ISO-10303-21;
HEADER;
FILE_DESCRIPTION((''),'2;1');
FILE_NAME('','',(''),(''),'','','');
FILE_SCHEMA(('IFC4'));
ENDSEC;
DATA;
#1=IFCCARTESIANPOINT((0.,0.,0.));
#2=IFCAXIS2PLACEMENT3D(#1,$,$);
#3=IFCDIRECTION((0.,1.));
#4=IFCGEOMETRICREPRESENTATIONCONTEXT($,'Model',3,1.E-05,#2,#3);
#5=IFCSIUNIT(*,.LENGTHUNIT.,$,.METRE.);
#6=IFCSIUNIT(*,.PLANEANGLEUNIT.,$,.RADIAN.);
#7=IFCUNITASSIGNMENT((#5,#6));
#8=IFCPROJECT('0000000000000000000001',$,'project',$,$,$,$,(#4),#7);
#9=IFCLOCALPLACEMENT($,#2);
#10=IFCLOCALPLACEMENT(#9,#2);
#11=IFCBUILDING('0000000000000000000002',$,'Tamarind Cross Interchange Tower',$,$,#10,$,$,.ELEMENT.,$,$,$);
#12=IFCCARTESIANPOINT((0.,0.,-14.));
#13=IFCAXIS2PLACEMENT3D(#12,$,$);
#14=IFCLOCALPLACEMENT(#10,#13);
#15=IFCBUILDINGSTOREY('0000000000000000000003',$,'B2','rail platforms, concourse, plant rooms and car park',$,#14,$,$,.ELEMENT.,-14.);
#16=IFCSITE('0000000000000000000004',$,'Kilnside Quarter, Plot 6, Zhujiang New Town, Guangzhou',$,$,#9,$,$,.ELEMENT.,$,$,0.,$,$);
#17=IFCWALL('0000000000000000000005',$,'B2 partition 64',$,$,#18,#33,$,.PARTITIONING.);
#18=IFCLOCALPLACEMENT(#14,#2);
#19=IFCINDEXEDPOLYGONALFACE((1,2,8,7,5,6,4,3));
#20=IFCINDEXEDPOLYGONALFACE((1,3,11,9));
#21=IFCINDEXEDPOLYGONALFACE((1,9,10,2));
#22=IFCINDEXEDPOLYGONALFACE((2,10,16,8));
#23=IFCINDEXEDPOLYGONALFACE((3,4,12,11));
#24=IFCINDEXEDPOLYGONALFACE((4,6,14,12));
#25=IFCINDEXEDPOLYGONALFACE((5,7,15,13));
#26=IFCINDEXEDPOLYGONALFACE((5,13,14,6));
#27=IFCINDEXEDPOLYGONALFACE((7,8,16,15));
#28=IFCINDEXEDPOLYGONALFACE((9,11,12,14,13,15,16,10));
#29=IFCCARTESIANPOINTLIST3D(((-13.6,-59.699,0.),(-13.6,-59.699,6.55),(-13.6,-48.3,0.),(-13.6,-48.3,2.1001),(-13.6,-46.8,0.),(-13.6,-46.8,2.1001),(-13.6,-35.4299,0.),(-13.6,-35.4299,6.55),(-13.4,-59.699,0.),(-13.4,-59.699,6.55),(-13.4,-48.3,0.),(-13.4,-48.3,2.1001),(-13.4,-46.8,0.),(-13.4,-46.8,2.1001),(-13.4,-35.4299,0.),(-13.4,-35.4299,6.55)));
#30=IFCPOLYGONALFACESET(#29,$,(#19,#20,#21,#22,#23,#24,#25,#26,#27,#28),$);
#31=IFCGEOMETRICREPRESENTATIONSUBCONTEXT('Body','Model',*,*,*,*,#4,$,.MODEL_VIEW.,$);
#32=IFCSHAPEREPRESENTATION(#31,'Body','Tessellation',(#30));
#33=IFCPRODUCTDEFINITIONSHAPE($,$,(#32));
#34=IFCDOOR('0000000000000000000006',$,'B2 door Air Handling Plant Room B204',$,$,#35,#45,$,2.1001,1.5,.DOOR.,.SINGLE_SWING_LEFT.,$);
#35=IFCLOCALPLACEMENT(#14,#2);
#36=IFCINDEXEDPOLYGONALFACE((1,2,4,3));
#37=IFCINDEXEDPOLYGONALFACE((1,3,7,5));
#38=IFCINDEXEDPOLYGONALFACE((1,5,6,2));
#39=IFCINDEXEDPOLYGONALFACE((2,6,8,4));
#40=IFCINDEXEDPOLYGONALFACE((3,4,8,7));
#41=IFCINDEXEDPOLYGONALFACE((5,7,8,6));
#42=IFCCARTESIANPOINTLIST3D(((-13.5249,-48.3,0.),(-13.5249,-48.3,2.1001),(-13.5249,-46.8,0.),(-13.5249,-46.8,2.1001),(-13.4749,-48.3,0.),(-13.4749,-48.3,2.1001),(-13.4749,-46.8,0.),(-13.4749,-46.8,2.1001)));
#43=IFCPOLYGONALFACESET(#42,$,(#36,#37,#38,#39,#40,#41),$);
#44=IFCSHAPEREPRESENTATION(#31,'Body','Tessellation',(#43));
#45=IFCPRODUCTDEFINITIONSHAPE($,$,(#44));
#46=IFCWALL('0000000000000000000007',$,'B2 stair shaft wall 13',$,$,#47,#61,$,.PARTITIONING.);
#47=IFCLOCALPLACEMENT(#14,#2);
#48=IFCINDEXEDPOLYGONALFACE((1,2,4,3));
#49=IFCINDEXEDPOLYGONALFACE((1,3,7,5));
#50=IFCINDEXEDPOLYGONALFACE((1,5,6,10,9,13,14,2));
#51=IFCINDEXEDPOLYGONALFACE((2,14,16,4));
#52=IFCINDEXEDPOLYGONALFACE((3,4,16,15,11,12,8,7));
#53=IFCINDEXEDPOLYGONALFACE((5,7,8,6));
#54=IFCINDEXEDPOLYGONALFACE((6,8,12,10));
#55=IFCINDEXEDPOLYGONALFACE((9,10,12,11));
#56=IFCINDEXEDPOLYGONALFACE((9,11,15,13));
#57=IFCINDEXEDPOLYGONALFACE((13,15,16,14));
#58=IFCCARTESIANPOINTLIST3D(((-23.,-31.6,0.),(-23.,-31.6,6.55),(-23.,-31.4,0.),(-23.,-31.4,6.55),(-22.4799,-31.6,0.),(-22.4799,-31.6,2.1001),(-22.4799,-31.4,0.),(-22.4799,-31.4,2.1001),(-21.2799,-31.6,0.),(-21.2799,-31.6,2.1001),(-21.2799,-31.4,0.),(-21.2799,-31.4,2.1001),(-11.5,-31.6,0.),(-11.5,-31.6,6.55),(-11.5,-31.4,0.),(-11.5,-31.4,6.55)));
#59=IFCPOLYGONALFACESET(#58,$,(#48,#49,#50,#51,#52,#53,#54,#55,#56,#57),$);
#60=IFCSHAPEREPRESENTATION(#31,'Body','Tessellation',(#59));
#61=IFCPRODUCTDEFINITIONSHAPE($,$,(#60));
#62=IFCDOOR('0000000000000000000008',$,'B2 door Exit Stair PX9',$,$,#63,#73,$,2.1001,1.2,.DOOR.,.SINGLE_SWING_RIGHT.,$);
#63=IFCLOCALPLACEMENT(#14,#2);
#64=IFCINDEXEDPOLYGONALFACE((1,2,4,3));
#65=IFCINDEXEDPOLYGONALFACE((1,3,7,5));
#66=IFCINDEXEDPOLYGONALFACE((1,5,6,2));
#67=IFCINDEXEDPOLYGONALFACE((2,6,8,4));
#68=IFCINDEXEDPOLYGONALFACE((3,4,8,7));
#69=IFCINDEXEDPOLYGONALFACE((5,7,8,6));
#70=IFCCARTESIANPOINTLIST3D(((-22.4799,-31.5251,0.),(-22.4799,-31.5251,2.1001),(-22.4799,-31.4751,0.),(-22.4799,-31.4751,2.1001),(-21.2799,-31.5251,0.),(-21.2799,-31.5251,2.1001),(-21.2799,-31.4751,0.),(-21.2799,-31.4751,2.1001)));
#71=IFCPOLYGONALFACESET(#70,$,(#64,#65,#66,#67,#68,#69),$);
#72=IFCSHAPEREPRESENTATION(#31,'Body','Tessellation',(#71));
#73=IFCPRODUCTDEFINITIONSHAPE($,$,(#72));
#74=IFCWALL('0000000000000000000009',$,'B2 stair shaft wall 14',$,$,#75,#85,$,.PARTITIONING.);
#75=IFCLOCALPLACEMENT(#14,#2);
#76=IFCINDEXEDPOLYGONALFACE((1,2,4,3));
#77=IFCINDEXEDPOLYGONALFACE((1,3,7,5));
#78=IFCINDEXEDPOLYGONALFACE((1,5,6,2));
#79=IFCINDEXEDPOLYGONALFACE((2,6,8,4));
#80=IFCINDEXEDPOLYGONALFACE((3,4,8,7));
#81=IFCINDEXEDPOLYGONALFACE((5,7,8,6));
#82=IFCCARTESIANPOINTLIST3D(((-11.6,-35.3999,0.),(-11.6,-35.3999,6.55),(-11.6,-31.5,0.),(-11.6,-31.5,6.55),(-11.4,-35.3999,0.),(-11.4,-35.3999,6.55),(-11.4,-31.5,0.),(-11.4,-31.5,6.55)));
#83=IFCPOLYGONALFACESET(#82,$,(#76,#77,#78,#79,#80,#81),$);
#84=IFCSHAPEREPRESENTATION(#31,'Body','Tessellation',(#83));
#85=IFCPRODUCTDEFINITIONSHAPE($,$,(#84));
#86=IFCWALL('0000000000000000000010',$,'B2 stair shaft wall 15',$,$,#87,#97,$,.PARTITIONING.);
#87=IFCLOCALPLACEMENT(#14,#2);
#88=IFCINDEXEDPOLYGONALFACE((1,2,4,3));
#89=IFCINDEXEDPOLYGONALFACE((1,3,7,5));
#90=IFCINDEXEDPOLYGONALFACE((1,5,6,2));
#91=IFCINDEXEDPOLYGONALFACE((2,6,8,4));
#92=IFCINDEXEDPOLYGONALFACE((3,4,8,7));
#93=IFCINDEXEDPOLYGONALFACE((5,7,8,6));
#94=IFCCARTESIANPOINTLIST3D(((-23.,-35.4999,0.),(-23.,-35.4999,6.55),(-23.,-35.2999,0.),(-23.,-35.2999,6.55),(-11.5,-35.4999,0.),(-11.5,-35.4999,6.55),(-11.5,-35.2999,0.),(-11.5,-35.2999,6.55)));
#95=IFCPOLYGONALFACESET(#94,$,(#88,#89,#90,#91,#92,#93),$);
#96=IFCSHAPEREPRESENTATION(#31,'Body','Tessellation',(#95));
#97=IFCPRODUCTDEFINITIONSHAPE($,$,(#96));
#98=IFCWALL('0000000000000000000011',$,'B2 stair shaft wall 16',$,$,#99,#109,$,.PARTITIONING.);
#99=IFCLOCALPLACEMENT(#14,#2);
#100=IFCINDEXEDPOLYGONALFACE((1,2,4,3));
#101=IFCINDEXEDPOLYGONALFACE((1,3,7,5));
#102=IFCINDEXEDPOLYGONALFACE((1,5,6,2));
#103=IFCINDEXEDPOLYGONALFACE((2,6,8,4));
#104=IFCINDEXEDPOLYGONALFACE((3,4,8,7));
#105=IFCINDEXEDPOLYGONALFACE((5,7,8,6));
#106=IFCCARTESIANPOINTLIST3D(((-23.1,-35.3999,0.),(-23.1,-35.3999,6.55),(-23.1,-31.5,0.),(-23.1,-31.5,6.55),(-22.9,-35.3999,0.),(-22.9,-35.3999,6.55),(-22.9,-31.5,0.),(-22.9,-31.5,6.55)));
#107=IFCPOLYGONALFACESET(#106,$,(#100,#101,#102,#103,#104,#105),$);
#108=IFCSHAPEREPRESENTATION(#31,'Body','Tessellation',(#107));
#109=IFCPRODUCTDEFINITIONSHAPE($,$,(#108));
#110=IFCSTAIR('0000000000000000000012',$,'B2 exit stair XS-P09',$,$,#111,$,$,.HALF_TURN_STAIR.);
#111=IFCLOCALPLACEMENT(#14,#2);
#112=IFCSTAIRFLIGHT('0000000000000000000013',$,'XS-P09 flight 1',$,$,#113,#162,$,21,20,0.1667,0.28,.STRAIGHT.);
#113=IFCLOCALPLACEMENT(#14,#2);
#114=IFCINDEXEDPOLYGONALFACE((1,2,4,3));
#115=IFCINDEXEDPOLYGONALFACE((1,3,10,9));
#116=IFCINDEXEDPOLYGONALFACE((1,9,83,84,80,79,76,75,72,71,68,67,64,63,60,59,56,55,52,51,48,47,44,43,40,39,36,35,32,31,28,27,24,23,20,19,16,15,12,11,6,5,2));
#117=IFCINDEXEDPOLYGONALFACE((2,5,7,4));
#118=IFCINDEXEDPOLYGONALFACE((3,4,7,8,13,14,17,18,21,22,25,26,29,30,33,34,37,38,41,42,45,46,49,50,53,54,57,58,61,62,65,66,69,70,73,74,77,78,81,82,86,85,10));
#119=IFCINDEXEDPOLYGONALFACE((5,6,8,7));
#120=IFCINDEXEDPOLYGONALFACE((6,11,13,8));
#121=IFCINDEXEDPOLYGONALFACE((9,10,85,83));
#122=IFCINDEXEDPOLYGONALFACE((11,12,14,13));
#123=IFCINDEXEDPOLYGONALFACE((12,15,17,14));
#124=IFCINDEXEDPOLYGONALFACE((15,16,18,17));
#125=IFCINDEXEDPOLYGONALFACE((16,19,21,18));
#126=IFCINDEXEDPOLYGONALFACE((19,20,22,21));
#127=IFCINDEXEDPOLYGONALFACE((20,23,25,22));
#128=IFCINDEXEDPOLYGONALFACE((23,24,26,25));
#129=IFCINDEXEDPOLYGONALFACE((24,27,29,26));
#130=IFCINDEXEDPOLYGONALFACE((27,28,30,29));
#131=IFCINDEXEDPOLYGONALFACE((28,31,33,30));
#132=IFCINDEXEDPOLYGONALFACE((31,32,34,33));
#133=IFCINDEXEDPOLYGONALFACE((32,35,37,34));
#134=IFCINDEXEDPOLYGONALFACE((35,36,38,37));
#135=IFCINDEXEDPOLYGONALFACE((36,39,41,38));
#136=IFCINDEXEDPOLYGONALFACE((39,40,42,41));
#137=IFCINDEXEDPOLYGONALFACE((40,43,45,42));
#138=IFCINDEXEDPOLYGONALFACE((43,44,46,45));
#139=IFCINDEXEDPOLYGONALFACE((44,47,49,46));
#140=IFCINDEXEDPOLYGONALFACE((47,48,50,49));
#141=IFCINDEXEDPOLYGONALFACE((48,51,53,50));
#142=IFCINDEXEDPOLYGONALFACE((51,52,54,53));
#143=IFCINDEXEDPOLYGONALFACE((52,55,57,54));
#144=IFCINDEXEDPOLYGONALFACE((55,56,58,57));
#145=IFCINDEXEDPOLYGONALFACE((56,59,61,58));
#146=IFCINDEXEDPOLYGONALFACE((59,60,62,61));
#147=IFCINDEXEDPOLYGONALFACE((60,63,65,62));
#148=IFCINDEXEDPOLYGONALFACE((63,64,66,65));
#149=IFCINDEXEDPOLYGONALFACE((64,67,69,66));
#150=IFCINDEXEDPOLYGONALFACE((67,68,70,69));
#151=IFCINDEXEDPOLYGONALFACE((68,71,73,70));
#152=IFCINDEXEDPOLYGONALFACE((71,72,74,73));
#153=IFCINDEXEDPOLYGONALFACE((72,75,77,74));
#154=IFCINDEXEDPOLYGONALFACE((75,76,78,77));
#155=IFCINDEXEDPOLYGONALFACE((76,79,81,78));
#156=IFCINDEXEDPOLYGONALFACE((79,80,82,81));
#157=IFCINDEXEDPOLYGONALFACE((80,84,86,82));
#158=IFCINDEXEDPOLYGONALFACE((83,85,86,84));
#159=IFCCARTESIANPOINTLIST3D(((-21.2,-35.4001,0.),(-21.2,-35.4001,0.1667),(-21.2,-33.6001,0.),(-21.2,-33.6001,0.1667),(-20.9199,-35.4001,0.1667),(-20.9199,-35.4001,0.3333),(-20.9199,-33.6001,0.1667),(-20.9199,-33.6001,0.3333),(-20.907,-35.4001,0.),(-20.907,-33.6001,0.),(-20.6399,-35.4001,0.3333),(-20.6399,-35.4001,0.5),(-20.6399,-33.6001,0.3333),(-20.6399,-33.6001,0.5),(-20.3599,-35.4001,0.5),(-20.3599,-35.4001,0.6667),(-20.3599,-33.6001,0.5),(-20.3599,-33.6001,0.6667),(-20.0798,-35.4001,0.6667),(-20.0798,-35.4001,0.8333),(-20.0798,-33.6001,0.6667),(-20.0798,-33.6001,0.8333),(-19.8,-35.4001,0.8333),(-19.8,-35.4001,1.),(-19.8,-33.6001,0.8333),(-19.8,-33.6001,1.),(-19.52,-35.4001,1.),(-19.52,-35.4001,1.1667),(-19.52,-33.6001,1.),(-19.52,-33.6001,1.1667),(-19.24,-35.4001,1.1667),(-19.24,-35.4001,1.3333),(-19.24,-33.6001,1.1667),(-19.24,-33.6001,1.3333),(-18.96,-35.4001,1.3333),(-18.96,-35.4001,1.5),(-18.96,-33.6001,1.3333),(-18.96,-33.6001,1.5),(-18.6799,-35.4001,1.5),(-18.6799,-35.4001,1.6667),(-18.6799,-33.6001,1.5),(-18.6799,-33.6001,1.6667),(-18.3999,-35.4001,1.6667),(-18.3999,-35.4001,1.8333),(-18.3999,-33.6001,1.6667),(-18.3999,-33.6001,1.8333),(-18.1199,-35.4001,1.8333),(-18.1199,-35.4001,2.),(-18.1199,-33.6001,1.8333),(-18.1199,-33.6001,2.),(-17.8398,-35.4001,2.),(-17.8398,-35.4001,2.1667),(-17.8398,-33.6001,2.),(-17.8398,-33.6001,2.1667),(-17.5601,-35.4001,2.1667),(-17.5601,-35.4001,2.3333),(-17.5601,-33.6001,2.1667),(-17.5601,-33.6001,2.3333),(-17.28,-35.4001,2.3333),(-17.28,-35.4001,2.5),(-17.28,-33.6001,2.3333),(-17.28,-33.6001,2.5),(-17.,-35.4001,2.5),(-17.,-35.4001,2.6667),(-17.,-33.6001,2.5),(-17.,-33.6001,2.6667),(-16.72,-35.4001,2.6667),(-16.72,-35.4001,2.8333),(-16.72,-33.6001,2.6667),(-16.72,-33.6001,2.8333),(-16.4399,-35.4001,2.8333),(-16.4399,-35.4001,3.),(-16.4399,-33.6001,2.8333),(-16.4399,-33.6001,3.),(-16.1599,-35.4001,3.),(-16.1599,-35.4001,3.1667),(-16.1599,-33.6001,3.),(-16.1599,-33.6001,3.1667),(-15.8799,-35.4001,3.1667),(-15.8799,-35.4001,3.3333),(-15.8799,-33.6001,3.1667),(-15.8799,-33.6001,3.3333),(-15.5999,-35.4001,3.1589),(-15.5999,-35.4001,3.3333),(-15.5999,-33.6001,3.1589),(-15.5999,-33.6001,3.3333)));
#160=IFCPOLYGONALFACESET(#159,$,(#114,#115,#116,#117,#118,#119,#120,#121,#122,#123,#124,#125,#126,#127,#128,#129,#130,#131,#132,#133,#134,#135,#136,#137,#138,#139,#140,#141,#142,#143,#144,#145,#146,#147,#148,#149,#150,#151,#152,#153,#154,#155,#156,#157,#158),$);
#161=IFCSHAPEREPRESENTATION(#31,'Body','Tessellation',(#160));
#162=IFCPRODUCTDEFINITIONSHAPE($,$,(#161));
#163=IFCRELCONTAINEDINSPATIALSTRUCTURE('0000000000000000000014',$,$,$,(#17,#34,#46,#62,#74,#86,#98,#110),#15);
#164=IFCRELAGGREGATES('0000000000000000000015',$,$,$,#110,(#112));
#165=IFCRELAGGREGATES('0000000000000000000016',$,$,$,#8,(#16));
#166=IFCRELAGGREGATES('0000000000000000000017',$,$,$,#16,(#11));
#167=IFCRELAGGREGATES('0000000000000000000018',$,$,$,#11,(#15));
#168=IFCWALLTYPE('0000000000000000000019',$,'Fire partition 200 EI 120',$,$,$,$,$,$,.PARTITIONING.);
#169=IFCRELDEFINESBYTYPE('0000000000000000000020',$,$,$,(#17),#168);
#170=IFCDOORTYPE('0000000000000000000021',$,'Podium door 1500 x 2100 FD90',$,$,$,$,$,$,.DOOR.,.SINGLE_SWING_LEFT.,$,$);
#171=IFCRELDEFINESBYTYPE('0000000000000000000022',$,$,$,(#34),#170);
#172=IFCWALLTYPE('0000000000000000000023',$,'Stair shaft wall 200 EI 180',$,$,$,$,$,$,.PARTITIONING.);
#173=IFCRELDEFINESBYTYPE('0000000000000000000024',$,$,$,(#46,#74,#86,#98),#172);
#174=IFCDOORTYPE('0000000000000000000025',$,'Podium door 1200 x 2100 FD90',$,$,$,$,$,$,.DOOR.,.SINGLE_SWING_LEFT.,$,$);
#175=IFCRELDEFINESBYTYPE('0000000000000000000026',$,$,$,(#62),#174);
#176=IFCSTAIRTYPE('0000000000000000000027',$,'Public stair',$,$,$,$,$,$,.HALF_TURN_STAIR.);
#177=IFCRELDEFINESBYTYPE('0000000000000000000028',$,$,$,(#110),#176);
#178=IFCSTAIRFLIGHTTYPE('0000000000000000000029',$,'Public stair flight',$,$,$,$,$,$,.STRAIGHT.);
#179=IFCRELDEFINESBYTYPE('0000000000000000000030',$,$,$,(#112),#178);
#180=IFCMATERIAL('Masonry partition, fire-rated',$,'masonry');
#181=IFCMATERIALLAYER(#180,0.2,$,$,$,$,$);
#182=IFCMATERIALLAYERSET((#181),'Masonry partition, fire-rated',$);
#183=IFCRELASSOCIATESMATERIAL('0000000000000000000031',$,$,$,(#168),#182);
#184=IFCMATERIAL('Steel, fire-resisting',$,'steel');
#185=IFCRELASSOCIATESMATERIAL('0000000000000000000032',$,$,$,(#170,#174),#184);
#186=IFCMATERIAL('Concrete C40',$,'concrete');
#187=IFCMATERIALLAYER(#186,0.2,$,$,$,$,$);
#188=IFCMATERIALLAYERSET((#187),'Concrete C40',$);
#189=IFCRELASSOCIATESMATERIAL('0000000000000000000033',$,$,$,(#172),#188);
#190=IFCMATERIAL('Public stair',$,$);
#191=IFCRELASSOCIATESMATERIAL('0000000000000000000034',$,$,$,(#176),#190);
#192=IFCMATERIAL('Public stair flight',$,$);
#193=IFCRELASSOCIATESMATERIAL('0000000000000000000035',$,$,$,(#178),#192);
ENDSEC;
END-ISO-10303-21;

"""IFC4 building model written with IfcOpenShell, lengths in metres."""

from ifc_helpers import new_model, si_unit, direction, frame, frame_2d, origin, place, context, subcontext, project, spatial, polyline, rectangle, outline, extrude, material, layer, layer_set, type_object, element, fill, aggregate, save


model = new_model("IFC4")

# Units and contexts
model_context = context("Model", 3, precision=1e-05, world=origin(), true_north=direction((0.0, 1.0)))
body_context = subcontext(model_context, "Body", "Model", "MODEL_VIEW")
ifc_project = project(units=[si_unit("LENGTHUNIT", "METRE"), si_unit("PLANEANGLEUNIT", "RADIAN")], contexts=[model_context])

# Site, building, storey
site_placement = place(None, origin())
site = spatial("IfcSite", under=ifc_project, at=site_placement, Name="Kilnside Quarter, Plot 6, Zhujiang New Town, Guangzhou", CompositionType="ELEMENT", RefElevation=0.0)
building_placement = place(site_placement, origin())
building = spatial("IfcBuilding", under=site, at=building_placement, Name="Tamarind Cross Interchange Tower", CompositionType="ELEMENT")
storey_placement = place(building_placement, frame((0.0, 0.0, -14.0)))
storey = spatial("IfcBuildingStorey", under=building, at=storey_placement, Name="B2", Description="rail platforms, concourse, plant rooms and car park", CompositionType="ELEMENT", Elevation=-14.0)

# Shared definitions
ifc_material_1 = material(Name="Masonry partition, fire-rated", Category="masonry")
ifc_layer_1 = layer(ifc_material_1, 0.2)
ifc_layer_set_1 = layer_set([ifc_layer_1], Name="Masonry partition, fire-rated")
wall_type_1 = type_object("IfcWallType", Name="Fire partition 200 EI 120", PredefinedType="PARTITIONING", material=ifc_layer_set_1)

# Walls, openings, doors
wall_1_placement = place(storey_placement, frame((-13.5, -59.699, 0.0), z_axis=(0.0, 0.0, 1.0), x_axis=(0.0, 1.0, 0.0)))
wall_1 = element("IfcWall", 1, at=wall_1_placement, inside=storey, type_object=wall_type_1, Name="B2 partition 64", PredefinedType="PARTITIONING", context=body_context, shape_type="SweptSolid", body=[
    extrude(rectangle(XDim=24.269, YDim=0.2, at=frame_2d((12.1345, 0.0))), origin(), (0.0, 0.0, 1.0), 6.55),
])
opening_1_placement = place(wall_1_placement, frame((11.3989, 0.0, 0.0)))
opening_1 = element("IfcOpeningElement", 2, at=opening_1_placement, cuts=wall_1, PredefinedType="OPENING", context=body_context, shape_type="SweptSolid", body=[
    extrude(rectangle(XDim=1.5, YDim=2.1001, at=frame_2d((0.75, 1.05))), frame((0.0, 0.1099, 0.0), z_axis=(0.0, -1.0, 0.0), x_axis=(1.0, 0.0, 0.0)), (0.0, 0.0, 1.0), 0.22),
])
ifc_material_2 = material(Name="Steel, fire-resisting", Category="steel")
door_type_1 = type_object("IfcDoorType", Name="Podium door 1500 x 2100 FD90", OperationType="SINGLE_SWING_LEFT", PredefinedType="DOOR", material=ifc_material_2)
door_1_placement = place(opening_1_placement, origin())
door_1 = element("IfcDoor", 3, at=door_1_placement, inside=storey, type_object=door_type_1, Name="B2 door Air Handling Plant Room B204", OperationType="SINGLE_SWING_LEFT", OverallHeight=2.1001, OverallWidth=1.5, PredefinedType="DOOR", context=body_context, shape_type="SweptSolid", body=[
    extrude(rectangle(XDim=1.5, YDim=2.1001, at=frame_2d((0.75, 1.05))), frame((0.0, 0.0249, 0.0), z_axis=(0.0, -1.0, 0.0), x_axis=(1.0, 0.0, 0.0)), (0.0, 0.0, 1.0), 0.05),
])
fill(opening_1, door_1)
ifc_material_3 = material(Name="Concrete C40", Category="concrete")
ifc_layer_2 = layer(ifc_material_3, 0.2)
ifc_layer_set_2 = layer_set([ifc_layer_2], Name="Concrete C40")
wall_type_2 = type_object("IfcWallType", Name="Stair shaft wall 200 EI 180", PredefinedType="PARTITIONING", material=ifc_layer_set_2)
wall_2_placement = place(storey_placement, frame((-23.0, -31.5, 0.0), z_axis=(0.0, 0.0, 1.0), x_axis=(1.0, 0.0, 0.0)))
wall_2 = element("IfcWall", 4, at=wall_2_placement, inside=storey, type_object=wall_type_2, Name="B2 stair shaft wall 13", PredefinedType="PARTITIONING", context=body_context, shape_type="SweptSolid", body=[
    extrude(rectangle(XDim=11.5, YDim=0.2, at=frame_2d((5.75, 0.0))), origin(), (0.0, 0.0, 1.0), 6.55),
])
opening_2_placement = place(wall_2_placement, frame((0.52, 0.0, 0.0)))
opening_2 = element("IfcOpeningElement", 5, at=opening_2_placement, cuts=wall_2, PredefinedType="OPENING", context=body_context, shape_type="SweptSolid", body=[
    extrude(rectangle(XDim=1.2, YDim=2.1001, at=frame_2d((0.6001, 1.05))), frame((0.0, 0.1099, 0.0), z_axis=(0.0, -1.0, 0.0), x_axis=(1.0, 0.0, 0.0)), (0.0, 0.0, 1.0), 0.22),
])
door_type_2 = type_object("IfcDoorType", Name="Podium door 1200 x 2100 FD90", OperationType="SINGLE_SWING_LEFT", PredefinedType="DOOR", material=ifc_material_2)
door_2_placement = place(opening_2_placement, origin())
door_2 = element("IfcDoor", 6, at=door_2_placement, inside=storey, type_object=door_type_2, Name="B2 door Exit Stair PX9", OperationType="SINGLE_SWING_RIGHT", OverallHeight=2.1001, OverallWidth=1.2, PredefinedType="DOOR", context=body_context, shape_type="SweptSolid", body=[
    extrude(rectangle(XDim=1.2, YDim=2.1001, at=frame_2d((0.6001, 1.05))), frame((0.0, 0.0249, 0.0), z_axis=(0.0, -1.0, 0.0), x_axis=(1.0, 0.0, 0.0)), (0.0, 0.0, 1.0), 0.05),
])
fill(opening_2, door_2)

# Walls
wall_3_placement = place(storey_placement, frame((-11.5, -35.3999, 0.0), z_axis=(0.0, 0.0, 1.0), x_axis=(0.0, 1.0, 0.0)))
element("IfcWall", 7, at=wall_3_placement, inside=storey, type_object=wall_type_2, Name="B2 stair shaft wall 14", PredefinedType="PARTITIONING", context=body_context, shape_type="SweptSolid", body=[
    extrude(rectangle(XDim=3.8999, YDim=0.2, at=frame_2d((1.95, 0.0))), origin(), (0.0, 0.0, 1.0), 6.55),
])
wall_4_placement = place(storey_placement, frame((-23.0, -35.3999, 0.0), z_axis=(0.0, 0.0, 1.0), x_axis=(1.0, 0.0, 0.0)))
element("IfcWall", 8, at=wall_4_placement, inside=storey, type_object=wall_type_2, Name="B2 stair shaft wall 15", PredefinedType="PARTITIONING", context=body_context, shape_type="SweptSolid", body=[
    extrude(rectangle(XDim=11.5, YDim=0.2, at=frame_2d((5.75, 0.0))), origin(), (0.0, 0.0, 1.0), 6.55),
])
wall_5_placement = place(storey_placement, frame((-23.0, -35.3999, 0.0), z_axis=(0.0, 0.0, 1.0), x_axis=(0.0, 1.0, 0.0)))
element("IfcWall", 9, at=wall_5_placement, inside=storey, type_object=wall_type_2, Name="B2 stair shaft wall 16", PredefinedType="PARTITIONING", context=body_context, shape_type="SweptSolid", body=[
    extrude(rectangle(XDim=3.8999, YDim=0.2, at=frame_2d((1.95, 0.0))), origin(), (0.0, 0.0, 1.0), 6.55),
])

# Stair, stair flight
ifc_material_4 = material(Name="Public stair")
stair_type = type_object("IfcStairType", Name="Public stair", PredefinedType="HALF_TURN_STAIR", material=ifc_material_4)
stair_placement = place(storey_placement, origin())
stair = element("IfcStair", 10, at=stair_placement, inside=storey, type_object=stair_type, Name="B2 exit stair XS-P09", PredefinedType="HALF_TURN_STAIR")
ifc_material_5 = material(Name="Public stair flight")
stair_flight_type = type_object("IfcStairFlightType", Name="Public stair flight", PredefinedType="STRAIGHT", material=ifc_material_5)
stair_flight_1_placement = place(storey_placement, frame((-21.2, -34.5, 0.0), z_axis=(0.0, 0.0, 1.0), x_axis=(1.0, 0.0, 0.0)))
stair_flight_1 = element("IfcStairFlight", 11, at=stair_flight_1_placement, type_object=stair_flight_type, Name="XS-P09 flight 1", NumberOfRisers=21, NumberOfTreads=20, PredefinedType="STRAIGHT", RiserHeight=0.1667, TreadLength=0.28, context=body_context, shape_type="SweptSolid", body=[
    extrude(outline(polyline([(0.0, 0.0), (0.0, 0.1667), (0.28, 0.1667), (0.28, 0.3333), (0.5601, 0.3333), (0.5601, 0.5), (0.8401, 0.5), (0.8401, 0.6667), (1.1201, 0.6667), (1.1201, 0.8333), (1.3999, 0.8333), (1.3999, 1.0), (1.6799, 1.0), (1.6799, 1.1667), (1.96, 1.1667), (1.96, 1.3333), (2.24, 1.3333), (2.24, 1.5), (2.52, 1.5), (2.52, 1.6667), (2.8, 1.6667), (2.8, 1.8333), (3.0801, 1.8333), (3.0801, 2.0), (3.3601, 2.0), (3.3601, 2.1667), (3.6399, 2.1667), (3.6399, 2.3333), (3.9199, 2.3333), (3.9199, 2.5), (4.2, 2.5), (4.2, 2.6667), (4.48, 2.6667), (4.48, 2.8333), (4.76, 2.8333), (4.76, 3.0), (5.04, 3.0), (5.04, 3.1667), (5.3201, 3.1667), (5.3201, 3.3333), (5.6001, 3.3333), (5.6001, 3.5), (5.6001, 3.1589), (0.293, 0.0), (0.0, 0.0)])), frame((0.0, 0.8999, 0.0), z_axis=(0.0, -1.0, 0.0), x_axis=(1.0, 0.0, 0.0)), (0.0, 0.0, 1.0), 1.8),
])
aggregate(stair, [stair_flight_1])

save(model, "model.ifc")
